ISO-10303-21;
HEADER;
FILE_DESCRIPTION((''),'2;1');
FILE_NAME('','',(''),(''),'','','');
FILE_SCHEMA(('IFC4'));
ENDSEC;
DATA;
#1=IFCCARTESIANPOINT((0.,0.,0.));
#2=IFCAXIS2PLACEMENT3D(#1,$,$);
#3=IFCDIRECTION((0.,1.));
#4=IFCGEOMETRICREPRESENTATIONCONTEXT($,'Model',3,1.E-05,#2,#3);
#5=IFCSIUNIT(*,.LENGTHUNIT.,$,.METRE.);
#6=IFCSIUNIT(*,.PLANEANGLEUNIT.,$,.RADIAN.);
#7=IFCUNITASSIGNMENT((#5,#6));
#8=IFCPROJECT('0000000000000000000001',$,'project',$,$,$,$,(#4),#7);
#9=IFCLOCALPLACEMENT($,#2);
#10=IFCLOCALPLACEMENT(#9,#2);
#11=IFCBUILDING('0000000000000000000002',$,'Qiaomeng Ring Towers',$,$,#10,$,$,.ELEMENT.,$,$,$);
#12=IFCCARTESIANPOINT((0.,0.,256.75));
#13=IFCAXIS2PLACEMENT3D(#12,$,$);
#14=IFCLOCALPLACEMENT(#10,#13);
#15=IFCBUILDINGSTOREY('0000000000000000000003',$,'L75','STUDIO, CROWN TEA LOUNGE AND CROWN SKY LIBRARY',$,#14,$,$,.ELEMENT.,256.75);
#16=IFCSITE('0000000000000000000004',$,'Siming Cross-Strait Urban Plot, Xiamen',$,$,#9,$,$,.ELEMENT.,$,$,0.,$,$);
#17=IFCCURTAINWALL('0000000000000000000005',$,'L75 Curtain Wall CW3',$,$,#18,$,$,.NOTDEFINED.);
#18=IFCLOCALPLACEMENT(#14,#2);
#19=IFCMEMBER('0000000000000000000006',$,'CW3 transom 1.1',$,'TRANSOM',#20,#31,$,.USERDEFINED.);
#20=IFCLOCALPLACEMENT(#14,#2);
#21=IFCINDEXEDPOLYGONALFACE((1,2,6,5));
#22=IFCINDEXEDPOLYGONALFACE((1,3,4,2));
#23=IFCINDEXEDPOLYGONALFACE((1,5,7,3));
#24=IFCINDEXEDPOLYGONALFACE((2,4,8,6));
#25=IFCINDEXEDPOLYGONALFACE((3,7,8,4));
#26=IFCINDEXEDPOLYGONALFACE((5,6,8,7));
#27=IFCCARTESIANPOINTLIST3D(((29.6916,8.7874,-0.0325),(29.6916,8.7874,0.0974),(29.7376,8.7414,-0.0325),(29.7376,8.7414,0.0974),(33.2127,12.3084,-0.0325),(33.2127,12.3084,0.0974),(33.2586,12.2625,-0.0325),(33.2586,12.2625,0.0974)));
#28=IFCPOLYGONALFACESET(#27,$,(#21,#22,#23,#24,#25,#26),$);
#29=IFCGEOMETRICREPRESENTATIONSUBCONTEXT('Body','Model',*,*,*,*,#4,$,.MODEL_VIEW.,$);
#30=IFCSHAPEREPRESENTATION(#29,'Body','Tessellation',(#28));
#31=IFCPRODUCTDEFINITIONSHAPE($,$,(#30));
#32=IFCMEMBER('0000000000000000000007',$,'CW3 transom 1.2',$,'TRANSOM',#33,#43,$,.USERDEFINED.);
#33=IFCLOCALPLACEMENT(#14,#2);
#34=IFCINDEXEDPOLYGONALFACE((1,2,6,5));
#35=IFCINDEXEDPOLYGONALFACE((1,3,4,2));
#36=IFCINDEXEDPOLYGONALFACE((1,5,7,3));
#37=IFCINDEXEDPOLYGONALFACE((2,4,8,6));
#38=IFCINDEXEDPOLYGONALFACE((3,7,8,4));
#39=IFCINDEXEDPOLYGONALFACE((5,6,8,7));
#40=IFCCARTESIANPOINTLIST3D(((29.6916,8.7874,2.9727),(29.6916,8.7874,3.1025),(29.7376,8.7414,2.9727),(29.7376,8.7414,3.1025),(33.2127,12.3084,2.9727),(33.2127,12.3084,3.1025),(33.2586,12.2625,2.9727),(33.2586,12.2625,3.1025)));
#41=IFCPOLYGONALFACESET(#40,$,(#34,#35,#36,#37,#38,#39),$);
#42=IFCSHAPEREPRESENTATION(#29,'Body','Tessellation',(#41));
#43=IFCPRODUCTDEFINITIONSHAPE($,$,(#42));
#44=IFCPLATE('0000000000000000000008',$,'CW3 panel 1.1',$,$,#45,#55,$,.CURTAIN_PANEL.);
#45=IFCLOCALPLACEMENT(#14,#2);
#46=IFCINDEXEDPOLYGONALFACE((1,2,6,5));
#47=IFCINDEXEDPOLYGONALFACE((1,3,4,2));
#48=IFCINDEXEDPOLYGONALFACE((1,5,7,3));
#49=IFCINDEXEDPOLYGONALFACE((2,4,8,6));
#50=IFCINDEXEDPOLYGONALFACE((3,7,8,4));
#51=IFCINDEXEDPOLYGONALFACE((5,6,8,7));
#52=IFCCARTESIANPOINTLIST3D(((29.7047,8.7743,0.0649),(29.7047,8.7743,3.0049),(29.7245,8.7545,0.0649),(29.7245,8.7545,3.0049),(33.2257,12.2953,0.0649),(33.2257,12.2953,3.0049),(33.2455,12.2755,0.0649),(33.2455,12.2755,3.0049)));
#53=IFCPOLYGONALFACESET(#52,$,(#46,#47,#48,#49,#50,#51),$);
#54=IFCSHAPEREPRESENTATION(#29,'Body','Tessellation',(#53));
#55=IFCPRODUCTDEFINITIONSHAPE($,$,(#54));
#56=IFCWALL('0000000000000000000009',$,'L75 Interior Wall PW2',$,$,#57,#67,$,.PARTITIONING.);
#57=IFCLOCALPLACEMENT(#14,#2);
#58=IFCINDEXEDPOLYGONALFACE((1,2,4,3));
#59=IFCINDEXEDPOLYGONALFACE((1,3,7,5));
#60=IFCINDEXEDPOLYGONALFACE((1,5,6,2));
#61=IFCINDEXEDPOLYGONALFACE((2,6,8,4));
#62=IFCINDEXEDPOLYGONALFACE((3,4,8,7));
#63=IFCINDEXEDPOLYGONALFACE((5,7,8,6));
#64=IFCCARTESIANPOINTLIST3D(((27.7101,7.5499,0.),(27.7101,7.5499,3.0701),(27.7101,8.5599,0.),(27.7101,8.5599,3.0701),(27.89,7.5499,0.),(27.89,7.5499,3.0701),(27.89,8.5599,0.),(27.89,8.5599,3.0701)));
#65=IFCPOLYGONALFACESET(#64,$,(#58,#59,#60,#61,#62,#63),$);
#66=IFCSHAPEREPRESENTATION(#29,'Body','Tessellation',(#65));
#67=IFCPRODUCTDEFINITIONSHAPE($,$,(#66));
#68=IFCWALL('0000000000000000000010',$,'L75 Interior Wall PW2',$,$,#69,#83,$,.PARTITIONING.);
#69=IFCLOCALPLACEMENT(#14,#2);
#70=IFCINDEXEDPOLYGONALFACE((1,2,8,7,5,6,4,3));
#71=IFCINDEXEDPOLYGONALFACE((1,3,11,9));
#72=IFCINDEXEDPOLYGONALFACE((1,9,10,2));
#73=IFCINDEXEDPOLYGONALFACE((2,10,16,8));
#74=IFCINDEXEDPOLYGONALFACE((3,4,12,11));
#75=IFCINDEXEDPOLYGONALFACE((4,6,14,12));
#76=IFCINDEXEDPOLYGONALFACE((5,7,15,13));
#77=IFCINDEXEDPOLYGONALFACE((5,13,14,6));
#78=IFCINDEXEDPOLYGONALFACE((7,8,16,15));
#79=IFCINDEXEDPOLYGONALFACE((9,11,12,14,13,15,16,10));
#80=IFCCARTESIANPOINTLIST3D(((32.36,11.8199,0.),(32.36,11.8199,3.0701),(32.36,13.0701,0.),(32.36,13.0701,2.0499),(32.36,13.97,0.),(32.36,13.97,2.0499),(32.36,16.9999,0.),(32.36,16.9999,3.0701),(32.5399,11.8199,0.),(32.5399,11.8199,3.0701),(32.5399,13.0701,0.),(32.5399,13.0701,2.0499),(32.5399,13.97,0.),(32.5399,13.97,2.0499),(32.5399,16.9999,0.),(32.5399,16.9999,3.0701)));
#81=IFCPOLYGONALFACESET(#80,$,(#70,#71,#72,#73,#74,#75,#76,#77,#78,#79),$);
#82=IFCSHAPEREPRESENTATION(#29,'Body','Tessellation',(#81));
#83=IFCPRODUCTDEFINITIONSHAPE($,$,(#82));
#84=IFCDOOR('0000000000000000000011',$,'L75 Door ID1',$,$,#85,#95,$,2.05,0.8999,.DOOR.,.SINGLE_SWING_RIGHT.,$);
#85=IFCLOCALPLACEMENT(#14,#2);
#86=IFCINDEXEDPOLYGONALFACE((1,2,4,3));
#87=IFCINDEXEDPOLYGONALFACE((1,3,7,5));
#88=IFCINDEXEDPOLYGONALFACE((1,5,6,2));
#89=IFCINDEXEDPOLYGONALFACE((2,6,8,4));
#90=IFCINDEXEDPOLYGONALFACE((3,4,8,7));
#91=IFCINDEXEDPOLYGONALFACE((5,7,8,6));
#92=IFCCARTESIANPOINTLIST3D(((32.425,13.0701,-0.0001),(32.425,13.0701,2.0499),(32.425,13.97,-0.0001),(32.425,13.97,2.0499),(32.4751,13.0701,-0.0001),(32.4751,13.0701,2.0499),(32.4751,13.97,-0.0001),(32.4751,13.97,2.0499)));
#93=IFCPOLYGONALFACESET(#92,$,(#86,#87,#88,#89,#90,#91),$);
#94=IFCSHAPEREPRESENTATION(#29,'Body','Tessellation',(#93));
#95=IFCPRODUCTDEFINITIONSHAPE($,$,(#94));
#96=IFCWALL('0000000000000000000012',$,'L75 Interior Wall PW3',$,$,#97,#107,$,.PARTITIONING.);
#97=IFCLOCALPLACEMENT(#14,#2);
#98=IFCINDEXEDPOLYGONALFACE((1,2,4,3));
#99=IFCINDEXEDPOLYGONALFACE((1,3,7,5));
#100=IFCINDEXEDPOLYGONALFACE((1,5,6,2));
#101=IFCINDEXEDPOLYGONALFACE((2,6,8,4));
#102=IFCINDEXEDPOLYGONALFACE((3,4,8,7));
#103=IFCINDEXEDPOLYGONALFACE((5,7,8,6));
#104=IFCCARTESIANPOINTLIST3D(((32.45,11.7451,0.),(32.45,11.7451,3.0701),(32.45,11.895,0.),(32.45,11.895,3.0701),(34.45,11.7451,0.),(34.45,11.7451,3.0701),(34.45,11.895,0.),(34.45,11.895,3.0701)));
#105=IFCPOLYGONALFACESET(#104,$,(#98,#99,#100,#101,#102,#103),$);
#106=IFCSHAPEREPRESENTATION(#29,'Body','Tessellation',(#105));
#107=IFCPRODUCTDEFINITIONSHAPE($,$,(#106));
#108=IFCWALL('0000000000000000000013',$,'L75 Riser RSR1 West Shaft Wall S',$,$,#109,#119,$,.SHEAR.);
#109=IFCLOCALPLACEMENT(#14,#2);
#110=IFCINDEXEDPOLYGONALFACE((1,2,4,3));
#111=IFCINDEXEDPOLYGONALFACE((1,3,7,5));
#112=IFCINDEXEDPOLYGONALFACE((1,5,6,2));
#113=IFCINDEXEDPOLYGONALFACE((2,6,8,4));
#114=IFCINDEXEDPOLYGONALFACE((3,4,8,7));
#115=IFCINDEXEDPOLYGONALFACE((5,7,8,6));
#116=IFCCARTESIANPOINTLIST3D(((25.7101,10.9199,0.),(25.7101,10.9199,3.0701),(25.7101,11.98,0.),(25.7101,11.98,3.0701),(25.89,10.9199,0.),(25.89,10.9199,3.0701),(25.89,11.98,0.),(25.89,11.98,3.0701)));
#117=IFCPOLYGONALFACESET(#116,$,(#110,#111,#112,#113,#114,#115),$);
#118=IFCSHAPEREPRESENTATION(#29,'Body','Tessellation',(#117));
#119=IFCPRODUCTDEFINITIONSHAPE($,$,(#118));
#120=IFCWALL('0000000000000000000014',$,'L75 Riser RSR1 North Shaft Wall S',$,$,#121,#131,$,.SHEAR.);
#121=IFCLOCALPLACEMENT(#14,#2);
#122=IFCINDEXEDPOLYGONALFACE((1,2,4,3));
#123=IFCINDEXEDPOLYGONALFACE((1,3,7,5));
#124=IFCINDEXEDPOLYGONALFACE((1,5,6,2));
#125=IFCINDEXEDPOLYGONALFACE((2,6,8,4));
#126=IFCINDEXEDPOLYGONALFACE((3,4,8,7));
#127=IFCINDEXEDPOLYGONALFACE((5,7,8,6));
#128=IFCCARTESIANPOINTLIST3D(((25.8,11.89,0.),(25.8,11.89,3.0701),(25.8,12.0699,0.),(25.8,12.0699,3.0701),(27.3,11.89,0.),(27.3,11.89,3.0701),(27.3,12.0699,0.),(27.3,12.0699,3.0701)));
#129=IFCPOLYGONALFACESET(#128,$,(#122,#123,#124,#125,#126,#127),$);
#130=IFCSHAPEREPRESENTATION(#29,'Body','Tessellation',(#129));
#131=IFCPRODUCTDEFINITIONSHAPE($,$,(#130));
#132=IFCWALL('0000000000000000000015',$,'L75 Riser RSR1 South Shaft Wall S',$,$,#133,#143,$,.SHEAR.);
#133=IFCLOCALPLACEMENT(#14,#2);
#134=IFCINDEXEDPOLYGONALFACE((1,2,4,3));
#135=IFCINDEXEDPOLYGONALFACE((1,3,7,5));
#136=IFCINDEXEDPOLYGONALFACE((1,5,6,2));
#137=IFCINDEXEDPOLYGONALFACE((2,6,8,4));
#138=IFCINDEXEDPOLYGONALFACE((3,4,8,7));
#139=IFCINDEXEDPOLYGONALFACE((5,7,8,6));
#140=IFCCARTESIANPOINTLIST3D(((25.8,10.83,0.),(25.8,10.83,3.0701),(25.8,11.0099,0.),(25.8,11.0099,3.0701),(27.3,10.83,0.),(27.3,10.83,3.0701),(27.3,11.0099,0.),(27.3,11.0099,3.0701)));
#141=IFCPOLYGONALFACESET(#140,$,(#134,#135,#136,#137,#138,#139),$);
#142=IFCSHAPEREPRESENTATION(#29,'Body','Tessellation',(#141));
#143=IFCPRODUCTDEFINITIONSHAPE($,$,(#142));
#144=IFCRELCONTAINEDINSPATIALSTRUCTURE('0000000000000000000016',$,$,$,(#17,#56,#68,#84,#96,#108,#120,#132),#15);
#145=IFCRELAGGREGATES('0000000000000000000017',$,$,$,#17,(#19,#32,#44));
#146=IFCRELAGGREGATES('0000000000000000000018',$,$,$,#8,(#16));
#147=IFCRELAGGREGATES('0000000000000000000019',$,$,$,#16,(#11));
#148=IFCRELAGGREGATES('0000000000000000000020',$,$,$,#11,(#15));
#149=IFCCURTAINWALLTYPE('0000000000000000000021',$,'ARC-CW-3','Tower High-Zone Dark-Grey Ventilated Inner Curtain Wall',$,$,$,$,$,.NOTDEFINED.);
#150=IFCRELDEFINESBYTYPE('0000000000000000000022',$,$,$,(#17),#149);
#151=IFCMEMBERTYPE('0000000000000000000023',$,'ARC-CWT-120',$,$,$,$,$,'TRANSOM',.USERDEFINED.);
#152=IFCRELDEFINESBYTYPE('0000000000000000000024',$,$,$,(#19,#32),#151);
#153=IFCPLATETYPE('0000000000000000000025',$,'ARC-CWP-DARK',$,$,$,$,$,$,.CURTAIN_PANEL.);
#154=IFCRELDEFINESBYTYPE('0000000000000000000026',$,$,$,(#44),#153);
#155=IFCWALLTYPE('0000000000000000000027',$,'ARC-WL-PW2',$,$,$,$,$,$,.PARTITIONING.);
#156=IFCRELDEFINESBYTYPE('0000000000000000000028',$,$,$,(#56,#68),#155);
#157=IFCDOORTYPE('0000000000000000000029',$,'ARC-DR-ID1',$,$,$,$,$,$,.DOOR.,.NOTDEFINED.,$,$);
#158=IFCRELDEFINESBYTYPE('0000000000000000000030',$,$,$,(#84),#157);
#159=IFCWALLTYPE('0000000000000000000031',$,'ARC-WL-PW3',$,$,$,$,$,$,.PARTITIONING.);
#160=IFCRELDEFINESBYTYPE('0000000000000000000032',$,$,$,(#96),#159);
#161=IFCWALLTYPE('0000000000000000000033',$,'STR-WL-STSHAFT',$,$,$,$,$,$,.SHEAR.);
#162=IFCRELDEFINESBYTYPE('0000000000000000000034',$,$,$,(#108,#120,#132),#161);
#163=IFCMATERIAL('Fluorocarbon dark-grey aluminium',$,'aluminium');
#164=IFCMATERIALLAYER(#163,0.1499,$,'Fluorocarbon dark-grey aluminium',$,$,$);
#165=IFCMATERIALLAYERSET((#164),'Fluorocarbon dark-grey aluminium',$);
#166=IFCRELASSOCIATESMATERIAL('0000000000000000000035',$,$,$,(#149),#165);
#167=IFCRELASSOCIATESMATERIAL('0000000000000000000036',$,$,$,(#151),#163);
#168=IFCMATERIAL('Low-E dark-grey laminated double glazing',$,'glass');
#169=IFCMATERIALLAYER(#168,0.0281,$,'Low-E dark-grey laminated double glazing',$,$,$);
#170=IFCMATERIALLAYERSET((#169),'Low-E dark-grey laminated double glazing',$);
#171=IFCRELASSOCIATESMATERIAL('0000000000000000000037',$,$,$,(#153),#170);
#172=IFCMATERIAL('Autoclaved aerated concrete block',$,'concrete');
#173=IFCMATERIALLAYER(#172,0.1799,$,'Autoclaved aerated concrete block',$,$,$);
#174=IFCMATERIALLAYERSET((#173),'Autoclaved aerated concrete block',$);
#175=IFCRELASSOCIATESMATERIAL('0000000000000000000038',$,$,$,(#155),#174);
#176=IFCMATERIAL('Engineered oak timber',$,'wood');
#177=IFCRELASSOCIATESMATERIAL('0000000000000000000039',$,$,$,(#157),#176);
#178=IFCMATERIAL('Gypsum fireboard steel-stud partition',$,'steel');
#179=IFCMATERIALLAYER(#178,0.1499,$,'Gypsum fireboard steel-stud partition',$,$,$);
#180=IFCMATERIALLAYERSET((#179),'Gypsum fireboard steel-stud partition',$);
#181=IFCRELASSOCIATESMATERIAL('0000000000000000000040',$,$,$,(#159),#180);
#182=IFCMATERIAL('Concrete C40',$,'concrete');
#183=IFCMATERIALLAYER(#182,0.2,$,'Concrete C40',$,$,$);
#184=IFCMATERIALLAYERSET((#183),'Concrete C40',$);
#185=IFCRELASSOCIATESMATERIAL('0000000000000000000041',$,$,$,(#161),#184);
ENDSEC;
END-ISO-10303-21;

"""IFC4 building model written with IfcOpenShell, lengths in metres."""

from ifc_helpers import new_model, si_unit, direction, frame, frame_2d, origin, origin_2d, place, context, subcontext, project, spatial, rectangle, extrude, source, transform, mapped, material, layer, layer_set, material_profile, profile_set, type_object, element, fill, aggregate, save


model = new_model("IFC4")

# Units and contexts
model_context = context("Model", 3, precision=1e-05, world=origin(), true_north=direction((0.0, 1.0)))
body_context = subcontext(model_context, "Body", "Model", "MODEL_VIEW")
ifc_project = project(units=[si_unit("LENGTHUNIT", "METRE"), si_unit("PLANEANGLEUNIT", "RADIAN")], contexts=[model_context])

# Site, building, storey
site_placement = place(None, origin())
site = spatial("IfcSite", under=ifc_project, at=site_placement, Name="Siming Cross-Strait Urban Plot, Xiamen", CompositionType="ELEMENT", RefElevation=0.0)
building_placement = place(site_placement, origin())
building = spatial("IfcBuilding", under=site, at=building_placement, Name="Qiaomeng Ring Towers", CompositionType="ELEMENT")
storey_placement = place(building_placement, frame((0.0, 0.0, 256.75)))
storey = spatial("IfcBuildingStorey", under=building, at=storey_placement, Name="L75", Description="STUDIO, CROWN TEA LOUNGE AND CROWN SKY LIBRARY", CompositionType="ELEMENT", Elevation=256.75)

# Shared definitions
ifc_material_1 = material(Name="Concrete C40", Category="concrete")

# Curtain wall, members, plate
ifc_material_2 = material(Name="Fluorocarbon dark-grey aluminium", Category="aluminium")
ifc_layer_1 = layer(ifc_material_2, 0.1499, Name="Fluorocarbon dark-grey aluminium")
ifc_layer_set_1 = layer_set([ifc_layer_1], Name="Fluorocarbon dark-grey aluminium")
curtain_wall_type = type_object("IfcCurtainWallType", Name="ARC-CW-3", Description="Tower High-Zone Dark-Grey Ventilated Inner Curtain Wall", PredefinedType="NOTDEFINED", material=ifc_layer_set_1)
curtain_wall_placement = place(storey_placement, origin())
curtain_wall = element("IfcCurtainWall", 1, at=curtain_wall_placement, inside=storey, type_object=curtain_wall_type, Name="L75 Curtain Wall CW3", PredefinedType="NOTDEFINED")
ifc_material_profile_1 = material_profile(ifc_material_2, rectangle(XDim=0.0649, YDim=0.1299, at=origin_2d()), Name="ALU TRAN 65x130")
ifc_profile_set_1 = profile_set([ifc_material_profile_1], Name="Fluorocarbon dark-grey aluminium")
member_type_1 = type_object("IfcMemberType", Name="ARC-CWT-120", ElementType="TRANSOM", PredefinedType="USERDEFINED", material=ifc_profile_set_1)
shared_shape_1 = source(origin(), body_context, "Body", "SweptSolid", [
    extrude(rectangle(XDim=0.0649, YDim=0.1299, at=origin_2d()), origin(), (0.0, 0.0, 1.0), 4.9795),
])
member_1_placement = place(storey_placement, frame((29.7146, 8.7644, 0.0325), z_axis=(0.707107, 0.707107, 0.0), x_axis=(-0.707107, 0.707107, 0.0)))
member_1 = element("IfcMember", 2, at=member_1_placement, type_object=member_type_1, Name="CW3 transom 1.1", ObjectType="TRANSOM", PredefinedType="USERDEFINED", context=body_context, shape_type="MappedRepresentation", body=[
    mapped(shared_shape_1, transform((0.0, 0.0, 0.0), x_axis=(1.0, 0.0, 0.0), y_axis=(0.0, 1.0, 0.0), z_axis=(0.0, 0.0, 1.0), scale=1.0)),
])
member_2_placement = place(storey_placement, frame((29.7146, 8.7644, 3.0376), z_axis=(0.707107, 0.707107, 0.0), x_axis=(-0.707107, 0.707107, 0.0)))
member_2 = element("IfcMember", 3, at=member_2_placement, type_object=member_type_1, Name="CW3 transom 1.2", ObjectType="TRANSOM", PredefinedType="USERDEFINED", context=body_context, shape_type="MappedRepresentation", body=[
    mapped(shared_shape_1, transform((0.0, 0.0, 0.0), x_axis=(1.0, 0.0, 0.0), y_axis=(0.0, 1.0, 0.0), z_axis=(0.0, 0.0, 1.0), scale=1.0)),
])
ifc_material_3 = material(Name="Low-E dark-grey laminated double glazing", Category="glass")
ifc_layer_2 = layer(ifc_material_3, 0.0281, Name="Low-E dark-grey laminated double glazing")
ifc_layer_set_2 = layer_set([ifc_layer_2], Name="Low-E dark-grey laminated double glazing")
plate_type = type_object("IfcPlateType", Name="ARC-CWP-DARK", PredefinedType="CURTAIN_PANEL", material=ifc_layer_set_2)
shared_shape_2 = source(origin(), body_context, "Body", "SweptSolid", [
    extrude(rectangle(XDim=4.9795, YDim=0.0281, at=origin_2d()), origin(), (0.0, 0.0, 1.0), 2.9399),
])
plate_placement = place(storey_placement, frame((31.4751, 10.5249, 0.0649), z_axis=(0.0, 0.0, 1.0), x_axis=(0.707107, 0.707107, 0.0)))
plate = element("IfcPlate", 4, at=plate_placement, type_object=plate_type, Name="CW3 panel 1.1", PredefinedType="CURTAIN_PANEL", context=body_context, shape_type="MappedRepresentation", body=[
    mapped(shared_shape_2, transform((0.0, 0.0, 0.0), x_axis=(1.0, 0.0, 0.0), y_axis=(0.0, 1.0, 0.0), z_axis=(0.0, 0.0, 1.0), scale=1.0)),
])
aggregate(curtain_wall, [member_1, member_2, plate])

# Wall
ifc_material_4 = material(Name="Autoclaved aerated concrete block", Category="concrete")
ifc_layer_3 = layer(ifc_material_4, 0.1799, Name="Autoclaved aerated concrete block")
ifc_layer_set_3 = layer_set([ifc_layer_3], Name="Autoclaved aerated concrete block")
wall_type_1 = type_object("IfcWallType", Name="ARC-WL-PW2", PredefinedType="PARTITIONING", material=ifc_layer_set_3)
wall_1_placement = place(storey_placement, frame((27.8, 7.55, 0.0), z_axis=(0.0, 0.0, 1.0), x_axis=(0.0, 1.0, 0.0)))
element("IfcWall", 5, at=wall_1_placement, inside=storey, type_object=wall_type_1, Name="L75 Interior Wall PW2", PredefinedType="PARTITIONING", context=body_context, shape_type="SweptSolid", body=[
    extrude(rectangle(XDim=1.01, YDim=0.1799, at=frame_2d((0.5049, 0.0))), origin(), (0.0, 0.0, 1.0), 3.0701),
])

# Wall, opening, door
wall_2_placement = place(storey_placement, frame((32.45, 11.8201, 0.0), z_axis=(0.0, 0.0, 1.0), x_axis=(0.0, 1.0, 0.0)))
wall_2 = element("IfcWall", 6, at=wall_2_placement, inside=storey, type_object=wall_type_1, Name="L75 Interior Wall PW2", PredefinedType="PARTITIONING", context=body_context, shape_type="SweptSolid", body=[
    extrude(rectangle(XDim=5.1799, YDim=0.1799, at=frame_2d((2.5898, 0.0))), origin(), (0.0, 0.0, 1.0), 3.0701),
])
opening_1_placement = place(wall_2_placement, frame((1.25, 0.0, 0.0)))
opening_1 = element("IfcOpeningElement", 7, at=opening_1_placement, cuts=wall_2, PredefinedType="OPENING", context=body_context, shape_type="SweptSolid", body=[
    extrude(rectangle(XDim=0.8999, YDim=2.05, at=frame_2d((0.45, 1.0249))), frame((0.0, 0.0999, 0.0), z_axis=(0.0, -1.0, 0.0), x_axis=(1.0, 0.0, 0.0)), (0.0, 0.0, 1.0), 0.2),
])
ifc_material_5 = material(Name="Engineered oak timber", Category="wood")
door_type_1 = type_object("IfcDoorType", Name="ARC-DR-ID1", OperationType="NOTDEFINED", PredefinedType="DOOR", material=ifc_material_5)
shared_shape_3 = source(origin(), body_context, "Body", "SweptSolid", [
    extrude(rectangle(XDim=0.8999, YDim=2.05, at=frame_2d((0.45, 1.0249))), frame((0.0, 0.0249, 0.0), z_axis=(0.0, -1.0, 0.0), x_axis=(1.0, 0.0, 0.0)), (0.0, 0.0, 1.0), 0.05),
])
door_1_placement = place(opening_1_placement, origin())
door_1 = element("IfcDoor", 8, at=door_1_placement, inside=storey, type_object=door_type_1, Name="L75 Door ID1", OperationType="SINGLE_SWING_RIGHT", OverallHeight=2.05, OverallWidth=0.8999, PredefinedType="DOOR", context=body_context, shape_type="MappedRepresentation", body=[
    mapped(shared_shape_3, transform((0.0, 0.0, 0.0), x_axis=(1.0, 0.0, 0.0), y_axis=(0.0, 1.0, 0.0), z_axis=(0.0, 0.0, 1.0), scale=1.0)),
])
fill(opening_1, door_1)

# Walls
ifc_material_6 = material(Name="Gypsum fireboard steel-stud partition", Category="steel")
ifc_layer_4 = layer(ifc_material_6, 0.1499, Name="Gypsum fireboard steel-stud partition")
ifc_layer_set_4 = layer_set([ifc_layer_4], Name="Gypsum fireboard steel-stud partition")
wall_type_2 = type_object("IfcWallType", Name="ARC-WL-PW3", PredefinedType="PARTITIONING", material=ifc_layer_set_4)
wall_3_placement = place(storey_placement, frame((32.45, 11.8201, 0.0), z_axis=(0.0, 0.0, 1.0), x_axis=(1.0, 0.0, 0.0)))
element("IfcWall", 9, at=wall_3_placement, inside=storey, type_object=wall_type_2, Name="L75 Interior Wall PW3", PredefinedType="PARTITIONING", context=body_context, shape_type="SweptSolid", body=[
    extrude(rectangle(XDim=2.0, YDim=0.1499, at=frame_2d((1.0, 0.0))), origin(), (0.0, 0.0, 1.0), 3.0701),
])
ifc_layer_5 = layer(ifc_material_1, 0.2, Name="Concrete C40")
ifc_layer_set_5 = layer_set([ifc_layer_5], Name="Concrete C40")
wall_type_3 = type_object("IfcWallType", Name="STR-WL-STSHAFT", PredefinedType="SHEAR", material=ifc_layer_set_5)
wall_4_placement = place(storey_placement, frame((25.8, 10.9199, 0.0), z_axis=(0.0, 0.0, 1.0), x_axis=(0.0, 1.0, 0.0)))
element("IfcWall", 10, at=wall_4_placement, inside=storey, type_object=wall_type_3, Name="L75 Riser RSR1 West Shaft Wall S", PredefinedType="SHEAR", context=body_context, shape_type="SweptSolid", body=[
    extrude(rectangle(XDim=1.0601, YDim=0.1799, at=frame_2d((0.53, 0.0))), origin(), (0.0, 0.0, 1.0), 3.0701),
])
for number, where, z_axis, x_axis, name in (
    (11, (25.8, 11.98, 0.0), (0.0, 0.0, 1.0), (1.0, 0.0, 0.0), "L75 Riser RSR1 North Shaft Wall S"),
    (12, (25.8, 10.9199, 0.0), (0.0, 0.0, 1.0), (1.0, 0.0, 0.0), "L75 Riser RSR1 South Shaft Wall S"),
):
    element("IfcWall", number, at=place(storey_placement, frame(where, z_axis=z_axis, x_axis=x_axis)), inside=storey, type_object=wall_type_3, Name=name, PredefinedType="SHEAR", context=body_context, shape_type="SweptSolid", body=[
        extrude(rectangle(XDim=1.5, YDim=0.1799, at=frame_2d((0.75, 0.0))), origin(), (0.0, 0.0, 1.0), 3.0701),
    ])

save(model, "model.ifc")
